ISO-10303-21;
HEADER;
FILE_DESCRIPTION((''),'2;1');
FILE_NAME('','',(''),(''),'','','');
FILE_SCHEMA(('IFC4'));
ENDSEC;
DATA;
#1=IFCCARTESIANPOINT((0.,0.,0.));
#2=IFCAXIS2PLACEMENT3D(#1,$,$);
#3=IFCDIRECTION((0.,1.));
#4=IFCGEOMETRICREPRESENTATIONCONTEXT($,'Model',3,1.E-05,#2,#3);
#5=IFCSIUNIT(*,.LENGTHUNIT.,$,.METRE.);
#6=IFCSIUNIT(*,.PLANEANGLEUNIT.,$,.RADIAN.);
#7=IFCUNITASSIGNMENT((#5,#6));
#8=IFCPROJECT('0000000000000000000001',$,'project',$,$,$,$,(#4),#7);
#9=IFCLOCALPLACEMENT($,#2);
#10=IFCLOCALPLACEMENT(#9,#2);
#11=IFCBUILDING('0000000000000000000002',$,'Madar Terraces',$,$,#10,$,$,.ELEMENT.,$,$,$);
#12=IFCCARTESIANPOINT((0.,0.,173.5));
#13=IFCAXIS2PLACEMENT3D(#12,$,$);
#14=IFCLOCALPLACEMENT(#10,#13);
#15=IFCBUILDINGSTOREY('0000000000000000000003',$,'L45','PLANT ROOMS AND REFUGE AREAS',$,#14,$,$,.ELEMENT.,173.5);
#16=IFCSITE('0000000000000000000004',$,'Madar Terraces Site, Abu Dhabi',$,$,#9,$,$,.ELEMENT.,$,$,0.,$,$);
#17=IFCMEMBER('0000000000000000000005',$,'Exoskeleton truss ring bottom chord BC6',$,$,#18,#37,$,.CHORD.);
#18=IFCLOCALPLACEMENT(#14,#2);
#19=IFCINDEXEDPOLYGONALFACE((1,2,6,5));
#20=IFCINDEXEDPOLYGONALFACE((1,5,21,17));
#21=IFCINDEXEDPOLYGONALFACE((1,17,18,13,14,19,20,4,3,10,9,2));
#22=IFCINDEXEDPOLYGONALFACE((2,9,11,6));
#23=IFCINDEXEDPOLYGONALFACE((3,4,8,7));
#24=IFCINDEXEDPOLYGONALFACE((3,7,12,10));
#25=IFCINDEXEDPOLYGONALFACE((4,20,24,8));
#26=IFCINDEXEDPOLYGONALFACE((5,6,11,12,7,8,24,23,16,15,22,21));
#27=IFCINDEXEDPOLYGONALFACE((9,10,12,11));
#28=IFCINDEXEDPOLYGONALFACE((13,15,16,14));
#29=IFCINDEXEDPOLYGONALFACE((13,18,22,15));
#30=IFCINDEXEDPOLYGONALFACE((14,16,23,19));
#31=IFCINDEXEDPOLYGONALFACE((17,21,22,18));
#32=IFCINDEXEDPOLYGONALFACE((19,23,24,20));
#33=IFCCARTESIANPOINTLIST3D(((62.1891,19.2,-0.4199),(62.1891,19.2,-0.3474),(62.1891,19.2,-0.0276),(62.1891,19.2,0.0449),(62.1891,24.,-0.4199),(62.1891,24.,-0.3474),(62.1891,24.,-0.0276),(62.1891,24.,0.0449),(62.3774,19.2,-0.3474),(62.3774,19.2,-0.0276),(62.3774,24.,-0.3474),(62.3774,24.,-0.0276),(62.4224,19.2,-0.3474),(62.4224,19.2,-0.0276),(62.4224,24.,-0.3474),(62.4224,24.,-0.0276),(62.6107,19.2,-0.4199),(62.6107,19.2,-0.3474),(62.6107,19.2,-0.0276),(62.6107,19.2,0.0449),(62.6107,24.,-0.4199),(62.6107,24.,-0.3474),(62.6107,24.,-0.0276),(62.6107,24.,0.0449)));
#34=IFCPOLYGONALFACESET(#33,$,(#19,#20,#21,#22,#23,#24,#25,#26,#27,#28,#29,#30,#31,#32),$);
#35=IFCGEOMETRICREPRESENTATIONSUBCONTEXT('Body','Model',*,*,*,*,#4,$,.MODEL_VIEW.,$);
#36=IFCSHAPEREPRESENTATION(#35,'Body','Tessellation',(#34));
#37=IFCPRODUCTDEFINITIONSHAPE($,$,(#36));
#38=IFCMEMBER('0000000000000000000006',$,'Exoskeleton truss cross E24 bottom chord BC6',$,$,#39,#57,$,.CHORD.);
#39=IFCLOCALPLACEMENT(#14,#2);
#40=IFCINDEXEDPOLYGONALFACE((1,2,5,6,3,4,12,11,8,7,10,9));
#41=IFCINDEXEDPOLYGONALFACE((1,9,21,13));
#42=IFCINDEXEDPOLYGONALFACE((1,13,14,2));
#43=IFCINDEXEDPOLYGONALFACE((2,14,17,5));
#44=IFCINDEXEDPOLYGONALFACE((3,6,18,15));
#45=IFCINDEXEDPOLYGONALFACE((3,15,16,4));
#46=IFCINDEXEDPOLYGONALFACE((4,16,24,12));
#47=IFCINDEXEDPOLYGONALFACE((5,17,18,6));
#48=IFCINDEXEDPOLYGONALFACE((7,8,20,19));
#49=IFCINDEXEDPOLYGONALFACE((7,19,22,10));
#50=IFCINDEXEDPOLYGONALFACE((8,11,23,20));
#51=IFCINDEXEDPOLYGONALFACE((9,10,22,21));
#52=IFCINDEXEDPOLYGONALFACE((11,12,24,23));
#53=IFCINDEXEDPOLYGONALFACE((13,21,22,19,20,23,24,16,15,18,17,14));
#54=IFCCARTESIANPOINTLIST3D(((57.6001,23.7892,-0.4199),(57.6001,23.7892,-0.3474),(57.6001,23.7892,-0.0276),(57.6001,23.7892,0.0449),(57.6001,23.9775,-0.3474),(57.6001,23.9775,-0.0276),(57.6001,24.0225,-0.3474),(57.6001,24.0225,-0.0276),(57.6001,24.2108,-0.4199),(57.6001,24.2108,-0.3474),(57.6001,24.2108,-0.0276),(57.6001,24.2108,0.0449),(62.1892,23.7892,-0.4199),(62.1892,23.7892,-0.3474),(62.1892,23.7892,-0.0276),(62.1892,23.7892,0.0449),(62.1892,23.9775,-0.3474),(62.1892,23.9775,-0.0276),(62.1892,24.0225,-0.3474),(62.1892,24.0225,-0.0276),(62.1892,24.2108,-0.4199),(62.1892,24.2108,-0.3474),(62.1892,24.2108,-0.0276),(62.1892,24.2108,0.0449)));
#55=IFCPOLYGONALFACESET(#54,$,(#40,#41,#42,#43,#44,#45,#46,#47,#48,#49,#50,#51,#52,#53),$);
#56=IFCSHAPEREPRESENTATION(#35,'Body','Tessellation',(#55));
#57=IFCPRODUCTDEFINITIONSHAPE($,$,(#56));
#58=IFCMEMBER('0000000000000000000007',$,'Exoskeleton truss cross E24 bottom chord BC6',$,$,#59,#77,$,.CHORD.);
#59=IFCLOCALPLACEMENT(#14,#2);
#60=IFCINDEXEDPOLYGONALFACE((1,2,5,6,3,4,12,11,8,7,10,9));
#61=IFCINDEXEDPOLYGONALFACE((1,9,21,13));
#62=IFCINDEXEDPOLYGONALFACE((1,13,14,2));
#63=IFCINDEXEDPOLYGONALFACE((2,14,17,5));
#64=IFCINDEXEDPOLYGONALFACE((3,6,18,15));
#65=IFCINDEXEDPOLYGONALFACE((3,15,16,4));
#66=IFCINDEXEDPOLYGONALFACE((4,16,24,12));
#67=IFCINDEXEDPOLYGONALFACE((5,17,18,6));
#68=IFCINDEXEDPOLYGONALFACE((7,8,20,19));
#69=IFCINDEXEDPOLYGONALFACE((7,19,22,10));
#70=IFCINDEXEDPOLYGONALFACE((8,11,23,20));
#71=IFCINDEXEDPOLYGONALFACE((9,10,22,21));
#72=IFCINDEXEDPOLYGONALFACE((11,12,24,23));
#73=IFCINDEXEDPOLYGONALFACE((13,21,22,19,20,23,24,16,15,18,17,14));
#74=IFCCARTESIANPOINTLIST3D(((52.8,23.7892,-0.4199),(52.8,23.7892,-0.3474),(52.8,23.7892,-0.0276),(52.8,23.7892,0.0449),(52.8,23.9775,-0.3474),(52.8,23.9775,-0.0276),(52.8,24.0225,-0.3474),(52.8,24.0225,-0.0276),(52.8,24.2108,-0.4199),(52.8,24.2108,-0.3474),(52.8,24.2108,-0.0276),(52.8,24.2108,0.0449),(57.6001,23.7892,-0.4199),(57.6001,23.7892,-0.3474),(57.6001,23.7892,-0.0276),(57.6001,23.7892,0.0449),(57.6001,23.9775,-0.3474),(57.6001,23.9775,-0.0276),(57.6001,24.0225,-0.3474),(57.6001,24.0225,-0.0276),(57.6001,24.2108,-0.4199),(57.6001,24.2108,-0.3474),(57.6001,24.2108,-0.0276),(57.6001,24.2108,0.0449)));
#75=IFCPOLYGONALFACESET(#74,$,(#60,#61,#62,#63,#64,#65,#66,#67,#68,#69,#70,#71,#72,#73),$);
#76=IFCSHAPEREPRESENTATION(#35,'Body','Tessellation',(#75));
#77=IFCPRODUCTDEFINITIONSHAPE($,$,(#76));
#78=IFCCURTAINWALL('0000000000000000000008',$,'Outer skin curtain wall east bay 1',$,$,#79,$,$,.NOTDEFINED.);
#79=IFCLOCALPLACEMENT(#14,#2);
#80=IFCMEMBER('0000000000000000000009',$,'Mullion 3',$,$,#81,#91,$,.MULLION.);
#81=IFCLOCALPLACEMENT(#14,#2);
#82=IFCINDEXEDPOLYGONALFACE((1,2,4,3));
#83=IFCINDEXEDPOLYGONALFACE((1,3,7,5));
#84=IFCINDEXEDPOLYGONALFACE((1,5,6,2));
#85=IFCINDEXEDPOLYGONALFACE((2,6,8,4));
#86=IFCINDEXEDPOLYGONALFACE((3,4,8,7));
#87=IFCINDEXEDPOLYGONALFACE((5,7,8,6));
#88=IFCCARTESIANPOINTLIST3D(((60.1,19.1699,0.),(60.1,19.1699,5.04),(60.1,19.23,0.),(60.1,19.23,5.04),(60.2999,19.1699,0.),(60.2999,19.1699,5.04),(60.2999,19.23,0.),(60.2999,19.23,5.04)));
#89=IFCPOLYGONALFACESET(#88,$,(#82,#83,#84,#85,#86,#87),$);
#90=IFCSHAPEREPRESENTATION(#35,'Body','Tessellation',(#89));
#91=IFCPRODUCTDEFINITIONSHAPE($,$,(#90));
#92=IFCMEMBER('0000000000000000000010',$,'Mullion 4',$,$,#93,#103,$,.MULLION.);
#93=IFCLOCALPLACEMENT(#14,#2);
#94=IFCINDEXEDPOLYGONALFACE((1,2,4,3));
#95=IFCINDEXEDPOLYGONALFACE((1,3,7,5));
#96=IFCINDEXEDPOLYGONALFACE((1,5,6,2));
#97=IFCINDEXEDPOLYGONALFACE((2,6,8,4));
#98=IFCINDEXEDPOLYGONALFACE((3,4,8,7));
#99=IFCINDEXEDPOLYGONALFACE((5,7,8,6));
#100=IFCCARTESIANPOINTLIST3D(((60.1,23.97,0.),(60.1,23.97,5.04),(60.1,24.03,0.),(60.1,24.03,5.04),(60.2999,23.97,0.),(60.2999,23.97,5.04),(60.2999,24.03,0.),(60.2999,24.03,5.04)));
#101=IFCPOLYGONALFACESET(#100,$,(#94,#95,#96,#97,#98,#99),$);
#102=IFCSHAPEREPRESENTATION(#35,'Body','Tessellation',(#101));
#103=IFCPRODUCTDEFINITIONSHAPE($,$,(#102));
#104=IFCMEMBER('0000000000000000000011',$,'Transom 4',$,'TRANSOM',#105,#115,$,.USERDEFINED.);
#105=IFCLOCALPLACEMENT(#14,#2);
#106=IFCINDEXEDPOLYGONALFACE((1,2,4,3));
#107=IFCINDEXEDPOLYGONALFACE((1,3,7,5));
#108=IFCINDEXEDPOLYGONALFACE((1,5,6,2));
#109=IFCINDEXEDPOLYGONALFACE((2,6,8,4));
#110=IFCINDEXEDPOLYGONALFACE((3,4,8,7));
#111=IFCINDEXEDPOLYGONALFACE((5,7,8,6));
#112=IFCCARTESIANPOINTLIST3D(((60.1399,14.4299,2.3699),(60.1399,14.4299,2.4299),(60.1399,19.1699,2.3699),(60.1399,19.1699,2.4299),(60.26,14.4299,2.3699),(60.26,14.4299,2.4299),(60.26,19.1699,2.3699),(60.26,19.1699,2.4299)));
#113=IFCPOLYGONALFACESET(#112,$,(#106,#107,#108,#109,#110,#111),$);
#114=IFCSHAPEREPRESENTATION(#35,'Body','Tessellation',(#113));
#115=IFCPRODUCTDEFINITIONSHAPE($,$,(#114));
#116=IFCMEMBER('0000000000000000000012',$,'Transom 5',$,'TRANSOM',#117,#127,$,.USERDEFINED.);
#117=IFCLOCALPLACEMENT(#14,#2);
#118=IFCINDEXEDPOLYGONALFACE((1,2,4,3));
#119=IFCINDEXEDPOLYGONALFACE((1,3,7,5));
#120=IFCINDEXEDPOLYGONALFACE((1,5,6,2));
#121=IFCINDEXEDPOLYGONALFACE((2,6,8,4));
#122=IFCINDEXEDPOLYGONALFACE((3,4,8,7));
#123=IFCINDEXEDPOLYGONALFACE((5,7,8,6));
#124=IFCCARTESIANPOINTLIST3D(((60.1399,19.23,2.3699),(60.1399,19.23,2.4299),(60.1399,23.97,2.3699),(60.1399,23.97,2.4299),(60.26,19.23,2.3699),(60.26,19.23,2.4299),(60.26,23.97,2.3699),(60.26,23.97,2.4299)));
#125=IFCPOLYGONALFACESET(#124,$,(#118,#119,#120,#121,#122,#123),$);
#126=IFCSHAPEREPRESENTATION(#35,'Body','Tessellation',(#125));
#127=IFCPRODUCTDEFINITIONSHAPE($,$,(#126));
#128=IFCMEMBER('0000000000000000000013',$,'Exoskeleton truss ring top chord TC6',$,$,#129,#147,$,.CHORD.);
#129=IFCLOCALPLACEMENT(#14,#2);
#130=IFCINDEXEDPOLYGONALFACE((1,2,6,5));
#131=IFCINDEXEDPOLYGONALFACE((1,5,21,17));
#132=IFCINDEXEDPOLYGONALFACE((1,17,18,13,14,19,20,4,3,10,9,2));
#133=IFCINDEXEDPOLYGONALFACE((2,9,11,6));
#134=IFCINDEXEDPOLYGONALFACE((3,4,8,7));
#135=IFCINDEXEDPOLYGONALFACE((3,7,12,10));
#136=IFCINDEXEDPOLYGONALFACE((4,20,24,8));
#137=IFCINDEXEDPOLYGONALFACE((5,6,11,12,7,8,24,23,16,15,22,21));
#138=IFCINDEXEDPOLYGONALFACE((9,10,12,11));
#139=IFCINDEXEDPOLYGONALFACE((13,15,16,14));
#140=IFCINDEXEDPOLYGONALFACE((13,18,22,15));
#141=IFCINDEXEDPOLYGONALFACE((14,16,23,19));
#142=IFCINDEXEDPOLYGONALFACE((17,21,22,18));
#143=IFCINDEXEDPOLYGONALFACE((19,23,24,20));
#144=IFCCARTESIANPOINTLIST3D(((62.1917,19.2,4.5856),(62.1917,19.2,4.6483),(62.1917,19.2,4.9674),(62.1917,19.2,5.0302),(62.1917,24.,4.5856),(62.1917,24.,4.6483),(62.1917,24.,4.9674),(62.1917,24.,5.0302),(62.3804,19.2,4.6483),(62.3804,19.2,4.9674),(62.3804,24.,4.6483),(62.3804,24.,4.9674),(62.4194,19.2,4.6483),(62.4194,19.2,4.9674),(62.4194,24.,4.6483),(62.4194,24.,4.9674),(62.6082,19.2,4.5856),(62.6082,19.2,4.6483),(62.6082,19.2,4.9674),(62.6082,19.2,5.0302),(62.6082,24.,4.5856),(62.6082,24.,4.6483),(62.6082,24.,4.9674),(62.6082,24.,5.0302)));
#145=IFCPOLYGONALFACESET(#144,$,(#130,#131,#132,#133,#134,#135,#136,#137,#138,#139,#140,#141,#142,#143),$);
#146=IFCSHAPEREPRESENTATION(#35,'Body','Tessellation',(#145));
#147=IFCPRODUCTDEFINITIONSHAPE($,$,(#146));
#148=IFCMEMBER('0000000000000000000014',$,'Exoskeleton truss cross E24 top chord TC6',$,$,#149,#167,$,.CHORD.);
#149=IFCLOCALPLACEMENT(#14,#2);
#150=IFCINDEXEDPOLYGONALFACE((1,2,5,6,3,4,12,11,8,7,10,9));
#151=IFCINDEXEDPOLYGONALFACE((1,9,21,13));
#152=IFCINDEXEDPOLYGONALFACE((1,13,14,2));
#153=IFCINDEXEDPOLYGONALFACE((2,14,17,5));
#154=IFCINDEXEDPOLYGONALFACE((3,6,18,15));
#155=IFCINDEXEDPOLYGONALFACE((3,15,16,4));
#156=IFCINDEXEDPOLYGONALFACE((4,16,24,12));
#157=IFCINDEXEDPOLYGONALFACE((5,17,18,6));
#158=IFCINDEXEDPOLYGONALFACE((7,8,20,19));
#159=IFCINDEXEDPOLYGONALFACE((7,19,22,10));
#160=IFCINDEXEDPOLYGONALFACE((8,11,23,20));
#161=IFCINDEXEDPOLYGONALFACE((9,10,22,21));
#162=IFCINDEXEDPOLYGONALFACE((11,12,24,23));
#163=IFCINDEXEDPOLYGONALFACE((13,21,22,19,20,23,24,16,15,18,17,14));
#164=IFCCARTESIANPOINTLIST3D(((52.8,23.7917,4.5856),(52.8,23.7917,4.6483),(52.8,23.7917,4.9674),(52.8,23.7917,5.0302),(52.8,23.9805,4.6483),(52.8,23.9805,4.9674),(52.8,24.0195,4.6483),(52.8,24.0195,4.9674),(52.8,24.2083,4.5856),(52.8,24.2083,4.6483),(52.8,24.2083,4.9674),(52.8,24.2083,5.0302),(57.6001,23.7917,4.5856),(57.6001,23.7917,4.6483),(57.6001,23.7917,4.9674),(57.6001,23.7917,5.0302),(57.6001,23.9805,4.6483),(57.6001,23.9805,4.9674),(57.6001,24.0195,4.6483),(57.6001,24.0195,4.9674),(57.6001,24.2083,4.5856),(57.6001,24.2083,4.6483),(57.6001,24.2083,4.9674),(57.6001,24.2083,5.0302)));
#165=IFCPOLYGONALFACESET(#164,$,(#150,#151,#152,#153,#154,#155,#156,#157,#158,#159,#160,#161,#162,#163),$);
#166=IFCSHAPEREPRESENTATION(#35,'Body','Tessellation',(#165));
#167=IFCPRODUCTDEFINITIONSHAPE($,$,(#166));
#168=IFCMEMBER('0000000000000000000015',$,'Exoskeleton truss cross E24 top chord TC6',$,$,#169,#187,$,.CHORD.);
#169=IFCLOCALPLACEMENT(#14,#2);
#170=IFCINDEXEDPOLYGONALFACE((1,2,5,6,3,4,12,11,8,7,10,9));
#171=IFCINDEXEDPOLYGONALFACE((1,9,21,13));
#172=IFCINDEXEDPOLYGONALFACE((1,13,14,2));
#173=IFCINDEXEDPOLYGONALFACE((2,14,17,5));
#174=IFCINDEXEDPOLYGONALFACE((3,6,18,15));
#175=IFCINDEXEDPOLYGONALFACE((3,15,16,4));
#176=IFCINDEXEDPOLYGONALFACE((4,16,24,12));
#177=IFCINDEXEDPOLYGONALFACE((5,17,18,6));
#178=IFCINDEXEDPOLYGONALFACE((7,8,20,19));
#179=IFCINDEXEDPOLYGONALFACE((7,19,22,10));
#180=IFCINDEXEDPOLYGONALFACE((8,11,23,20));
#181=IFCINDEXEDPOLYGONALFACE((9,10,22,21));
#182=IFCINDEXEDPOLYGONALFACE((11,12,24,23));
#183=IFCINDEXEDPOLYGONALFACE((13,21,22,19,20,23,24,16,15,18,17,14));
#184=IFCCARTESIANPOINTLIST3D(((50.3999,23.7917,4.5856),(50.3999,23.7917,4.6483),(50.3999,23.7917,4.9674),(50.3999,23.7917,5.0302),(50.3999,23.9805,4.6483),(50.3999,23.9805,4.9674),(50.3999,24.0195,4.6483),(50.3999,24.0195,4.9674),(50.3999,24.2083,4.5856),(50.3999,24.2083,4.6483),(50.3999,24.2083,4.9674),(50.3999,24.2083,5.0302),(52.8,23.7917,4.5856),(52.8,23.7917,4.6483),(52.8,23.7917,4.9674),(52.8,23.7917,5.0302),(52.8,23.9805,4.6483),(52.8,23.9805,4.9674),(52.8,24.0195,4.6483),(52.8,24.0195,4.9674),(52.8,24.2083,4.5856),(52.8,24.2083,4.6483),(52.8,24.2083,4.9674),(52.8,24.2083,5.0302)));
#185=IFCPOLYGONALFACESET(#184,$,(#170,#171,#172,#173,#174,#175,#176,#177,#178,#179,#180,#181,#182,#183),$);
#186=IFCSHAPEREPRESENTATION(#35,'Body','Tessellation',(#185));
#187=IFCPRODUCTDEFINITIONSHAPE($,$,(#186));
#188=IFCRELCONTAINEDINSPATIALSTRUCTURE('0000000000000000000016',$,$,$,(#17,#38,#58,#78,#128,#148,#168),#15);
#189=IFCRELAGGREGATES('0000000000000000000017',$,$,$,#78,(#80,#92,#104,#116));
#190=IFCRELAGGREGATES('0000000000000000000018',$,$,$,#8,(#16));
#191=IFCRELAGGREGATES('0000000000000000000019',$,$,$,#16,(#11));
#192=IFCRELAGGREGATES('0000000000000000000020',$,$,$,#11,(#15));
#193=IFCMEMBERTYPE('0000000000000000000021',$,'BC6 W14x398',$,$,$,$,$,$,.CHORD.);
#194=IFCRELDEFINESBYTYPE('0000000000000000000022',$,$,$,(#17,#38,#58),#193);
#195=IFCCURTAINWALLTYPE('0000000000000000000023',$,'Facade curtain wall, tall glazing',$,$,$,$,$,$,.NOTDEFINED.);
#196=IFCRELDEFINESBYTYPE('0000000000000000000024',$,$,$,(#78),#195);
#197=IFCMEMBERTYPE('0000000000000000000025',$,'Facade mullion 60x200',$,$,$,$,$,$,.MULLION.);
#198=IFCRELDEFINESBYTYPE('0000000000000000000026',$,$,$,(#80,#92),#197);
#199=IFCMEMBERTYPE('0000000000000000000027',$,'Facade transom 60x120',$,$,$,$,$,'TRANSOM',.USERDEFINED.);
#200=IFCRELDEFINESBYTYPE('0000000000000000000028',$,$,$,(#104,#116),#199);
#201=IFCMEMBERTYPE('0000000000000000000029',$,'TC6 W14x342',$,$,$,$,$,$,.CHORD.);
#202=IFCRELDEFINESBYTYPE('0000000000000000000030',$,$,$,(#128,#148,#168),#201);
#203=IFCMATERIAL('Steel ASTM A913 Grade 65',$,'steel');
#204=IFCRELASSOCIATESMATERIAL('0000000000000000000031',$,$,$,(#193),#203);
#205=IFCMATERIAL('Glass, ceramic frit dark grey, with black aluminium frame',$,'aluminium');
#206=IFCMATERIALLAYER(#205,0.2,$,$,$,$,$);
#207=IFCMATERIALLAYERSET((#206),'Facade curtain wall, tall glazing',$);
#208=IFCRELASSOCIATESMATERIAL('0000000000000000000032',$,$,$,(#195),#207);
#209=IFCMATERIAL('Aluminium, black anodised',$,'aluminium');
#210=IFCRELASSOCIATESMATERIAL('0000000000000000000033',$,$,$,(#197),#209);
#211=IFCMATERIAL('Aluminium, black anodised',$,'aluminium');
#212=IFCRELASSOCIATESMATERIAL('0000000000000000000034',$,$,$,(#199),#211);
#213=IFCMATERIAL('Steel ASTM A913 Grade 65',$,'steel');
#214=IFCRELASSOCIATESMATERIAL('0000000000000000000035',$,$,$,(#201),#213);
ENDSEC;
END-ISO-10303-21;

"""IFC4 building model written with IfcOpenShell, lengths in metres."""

from ifc_helpers import new_model, si_unit, direction, frame, origin, origin_2d, place, context, subcontext, project, spatial, rectangle, i_section, extrude, material, layer, layer_set, material_profile, profile_set, type_object, element, aggregate, save


model = new_model("IFC4")

# Units and contexts
model_context = context("Model", 3, precision=1e-05, world=origin(), true_north=direction((0.0, 1.0)))
body_context = subcontext(model_context, "Body", "Model", "MODEL_VIEW")
ifc_project = project(units=[si_unit("LENGTHUNIT", "METRE"), si_unit("PLANEANGLEUNIT", "RADIAN")], contexts=[model_context])

# Site, building, storey
site_placement = place(None, origin())
site = spatial("IfcSite", under=ifc_project, at=site_placement, Name="Madar Terraces Site, Abu Dhabi", CompositionType="ELEMENT", RefElevation=0.0)
building_placement = place(site_placement, origin())
building = spatial("IfcBuilding", under=site, at=building_placement, Name="Madar Terraces", CompositionType="ELEMENT")
storey_placement = place(building_placement, frame((0.0, 0.0, 173.5)))
storey = spatial("IfcBuildingStorey", under=building, at=storey_placement, Name="L45", Description="PLANT ROOMS AND REFUGE AREAS", CompositionType="ELEMENT", Elevation=173.5)

# Members
ifc_material_1 = material(Name="Steel ASTM A913 Grade 65", Category="steel")
ifc_material_profile_1 = material_profile(ifc_material_1, i_section(OverallWidth=0.4216, OverallDepth=0.4648, WebThickness=0.0449, FlangeThickness=0.0725, at=origin_2d()), Name="W14x398")
ifc_profile_set_1 = profile_set([ifc_material_profile_1], Name="Steel ASTM A913 Grade 65")
member_type_1 = type_object("IfcMemberType", Name="BC6 W14x398", PredefinedType="CHORD", material=ifc_profile_set_1)
member_1_placement = place(storey_placement, frame((62.3999, 19.2, -0.1875), z_axis=(0.0, 1.0, 0.0), x_axis=(-1.0, 0.0, 0.0)))
element("IfcMember", 1, at=member_1_placement, inside=storey, type_object=member_type_1, Name="Exoskeleton truss ring bottom chord BC6", PredefinedType="CHORD", context=body_context, shape_type="SweptSolid", body=[
    extrude(i_section(OverallWidth=0.4216, OverallDepth=0.4648, WebThickness=0.0449, FlangeThickness=0.0725, at=origin_2d()), origin(), (0.0, 0.0, 1.0), 4.8),
])
member_2_placement = place(storey_placement, frame((62.1892, 24.0, -0.1875), z_axis=(-1.0, 0.0, 0.0), x_axis=(0.0, -1.0, 0.0)))
element("IfcMember", 2, at=member_2_placement, inside=storey, type_object=member_type_1, Name="Exoskeleton truss cross E24 bottom chord BC6", PredefinedType="CHORD", context=body_context, shape_type="SweptSolid", body=[
    extrude(i_section(OverallWidth=0.4216, OverallDepth=0.4648, WebThickness=0.0449, FlangeThickness=0.0725, at=origin_2d()), origin(), (0.0, 0.0, 1.0), 4.5891),
])
member_3_placement = place(storey_placement, frame((57.6001, 24.0, -0.1875), z_axis=(-1.0, 0.0, 0.0), x_axis=(0.0, -1.0, 0.0)))
element("IfcMember", 3, at=member_3_placement, inside=storey, type_object=member_type_1, Name="Exoskeleton truss cross E24 bottom chord BC6", PredefinedType="CHORD", context=body_context, shape_type="SweptSolid", body=[
    extrude(i_section(OverallWidth=0.4216, OverallDepth=0.4648, WebThickness=0.0449, FlangeThickness=0.0725, at=origin_2d()), origin(), (0.0, 0.0, 1.0), 4.8),
])

# Curtain wall, members
ifc_material_2 = material(Name="Glass, ceramic frit dark grey, with black aluminium frame", Category="aluminium")
ifc_layer_1 = layer(ifc_material_2, 0.2)
ifc_layer_set_1 = layer_set([ifc_layer_1], Name="Facade curtain wall, tall glazing")
curtain_wall_type = type_object("IfcCurtainWallType", Name="Facade curtain wall, tall glazing", PredefinedType="NOTDEFINED", material=ifc_layer_set_1)
curtain_wall_placement = place(storey_placement, origin())
curtain_wall = element("IfcCurtainWall", 4, at=curtain_wall_placement, inside=storey, type_object=curtain_wall_type, Name="Outer skin curtain wall east bay 1", PredefinedType="NOTDEFINED")
ifc_material_3 = material(Name="Aluminium, black anodised", Category="aluminium")
ifc_material_profile_2 = material_profile(ifc_material_3, rectangle(XDim=0.2, YDim=0.0601, at=origin_2d()), Name="Facade mullion 60x200")
ifc_profile_set_2 = profile_set([ifc_material_profile_2], Name="Aluminium, black anodised")
member_type_2 = type_object("IfcMemberType", Name="Facade mullion 60x200", PredefinedType="MULLION", material=ifc_profile_set_2)
member_4_placement = place(storey_placement, frame((60.2, 19.2, 0.0), z_axis=(0.0, 0.0, 1.0), x_axis=(-1.0, 0.0, 0.0)))
member_4 = element("IfcMember", 5, at=member_4_placement, type_object=member_type_2, Name="Mullion 3", PredefinedType="MULLION", context=body_context, shape_type="SweptSolid", body=[
    extrude(rectangle(XDim=0.2, YDim=0.0601, at=origin_2d()), origin(), (0.0, 0.0, 1.0), 5.04),
])
member_5_placement = place(storey_placement, frame((60.2, 24.0, 0.0), z_axis=(0.0, 0.0, 1.0), x_axis=(-1.0, 0.0, 0.0)))
member_5 = element("IfcMember", 6, at=member_5_placement, type_object=member_type_2, Name="Mullion 4", PredefinedType="MULLION", context=body_context, shape_type="SweptSolid", body=[
    extrude(rectangle(XDim=0.2, YDim=0.0601, at=origin_2d()), origin(), (0.0, 0.0, 1.0), 5.04),
])
ifc_material_4 = material(Name="Aluminium, black anodised", Category="aluminium")
ifc_material_profile_3 = material_profile(ifc_material_4, rectangle(XDim=0.1201, YDim=0.0601, at=origin_2d()), Name="Facade transom 60x120")
ifc_profile_set_3 = profile_set([ifc_material_profile_3], Name="Aluminium, black anodised")
member_type_3 = type_object("IfcMemberType", Name="Facade transom 60x120", ElementType="TRANSOM", PredefinedType="USERDEFINED", material=ifc_profile_set_3)
member_6_placement = place(storey_placement, frame((60.2, 14.4299, 2.3999), z_axis=(0.0, 1.0, 0.0), x_axis=(-1.0, 0.0, 0.0)))
member_6 = element("IfcMember", 7, at=member_6_placement, type_object=member_type_3, Name="Transom 4", ObjectType="TRANSOM", PredefinedType="USERDEFINED", context=body_context, shape_type="SweptSolid", body=[
    extrude(rectangle(XDim=0.1201, YDim=0.0601, at=origin_2d()), origin(), (0.0, 0.0, 1.0), 4.74),
])
member_7_placement = place(storey_placement, frame((60.2, 19.23, 2.3999), z_axis=(0.0, 1.0, 0.0), x_axis=(-1.0, 0.0, 0.0)))
member_7 = element("IfcMember", 8, at=member_7_placement, type_object=member_type_3, Name="Transom 5", ObjectType="TRANSOM", PredefinedType="USERDEFINED", context=body_context, shape_type="SweptSolid", body=[
    extrude(rectangle(XDim=0.1201, YDim=0.0601, at=origin_2d()), origin(), (0.0, 0.0, 1.0), 4.74),
])

# Members
ifc_material_5 = material(Name="Steel ASTM A913 Grade 65", Category="steel")
ifc_material_profile_4 = material_profile(ifc_material_5, i_section(OverallWidth=0.4165, OverallDepth=0.4446, WebThickness=0.0391, FlangeThickness=0.0627, at=origin_2d()), Name="W14x342")
ifc_profile_set_4 = profile_set([ifc_material_profile_4], Name="Steel ASTM A913 Grade 65")
member_type_4 = type_object("IfcMemberType", Name="TC6 W14x342", PredefinedType="CHORD", material=ifc_profile_set_4)
for number, where, z_axis, x_axis, name in (
    (9, (62.3999, 19.2, 4.8079), (0.0, 1.0, 0.0), (-1.0, 0.0, 0.0), "Exoskeleton truss ring top chord TC6"),
    (10, (57.6001, 24.0, 4.8079), (-1.0, 0.0, 0.0), (0.0, -1.0, 0.0), "Exoskeleton truss cross E24 top chord TC6"),
):
    element("IfcMember", number, at=place(storey_placement, frame(where, z_axis=z_axis, x_axis=x_axis)), inside=storey, type_object=member_type_4, Name=name, PredefinedType="CHORD", context=body_context, shape_type="SweptSolid", body=[
        extrude(i_section(OverallWidth=0.4165, OverallDepth=0.4446, WebThickness=0.0391, FlangeThickness=0.0627, at=origin_2d()), origin(), (0.0, 0.0, 1.0), 4.8),
    ])
member_8_placement = place(storey_placement, frame((52.8, 24.0, 4.8079), z_axis=(-1.0, 0.0, 0.0), x_axis=(0.0, -1.0, 0.0)))
element("IfcMember", 11, at=member_8_placement, inside=storey, type_object=member_type_4, Name="Exoskeleton truss cross E24 top chord TC6", PredefinedType="CHORD", context=body_context, shape_type="SweptSolid", body=[
    extrude(i_section(OverallWidth=0.4165, OverallDepth=0.4446, WebThickness=0.0391, FlangeThickness=0.0627, at=origin_2d()), origin(), (0.0, 0.0, 1.0), 2.4001),
])

aggregate(curtain_wall, [member_4, member_5, member_6, member_7])

save(model, "model.ifc")
